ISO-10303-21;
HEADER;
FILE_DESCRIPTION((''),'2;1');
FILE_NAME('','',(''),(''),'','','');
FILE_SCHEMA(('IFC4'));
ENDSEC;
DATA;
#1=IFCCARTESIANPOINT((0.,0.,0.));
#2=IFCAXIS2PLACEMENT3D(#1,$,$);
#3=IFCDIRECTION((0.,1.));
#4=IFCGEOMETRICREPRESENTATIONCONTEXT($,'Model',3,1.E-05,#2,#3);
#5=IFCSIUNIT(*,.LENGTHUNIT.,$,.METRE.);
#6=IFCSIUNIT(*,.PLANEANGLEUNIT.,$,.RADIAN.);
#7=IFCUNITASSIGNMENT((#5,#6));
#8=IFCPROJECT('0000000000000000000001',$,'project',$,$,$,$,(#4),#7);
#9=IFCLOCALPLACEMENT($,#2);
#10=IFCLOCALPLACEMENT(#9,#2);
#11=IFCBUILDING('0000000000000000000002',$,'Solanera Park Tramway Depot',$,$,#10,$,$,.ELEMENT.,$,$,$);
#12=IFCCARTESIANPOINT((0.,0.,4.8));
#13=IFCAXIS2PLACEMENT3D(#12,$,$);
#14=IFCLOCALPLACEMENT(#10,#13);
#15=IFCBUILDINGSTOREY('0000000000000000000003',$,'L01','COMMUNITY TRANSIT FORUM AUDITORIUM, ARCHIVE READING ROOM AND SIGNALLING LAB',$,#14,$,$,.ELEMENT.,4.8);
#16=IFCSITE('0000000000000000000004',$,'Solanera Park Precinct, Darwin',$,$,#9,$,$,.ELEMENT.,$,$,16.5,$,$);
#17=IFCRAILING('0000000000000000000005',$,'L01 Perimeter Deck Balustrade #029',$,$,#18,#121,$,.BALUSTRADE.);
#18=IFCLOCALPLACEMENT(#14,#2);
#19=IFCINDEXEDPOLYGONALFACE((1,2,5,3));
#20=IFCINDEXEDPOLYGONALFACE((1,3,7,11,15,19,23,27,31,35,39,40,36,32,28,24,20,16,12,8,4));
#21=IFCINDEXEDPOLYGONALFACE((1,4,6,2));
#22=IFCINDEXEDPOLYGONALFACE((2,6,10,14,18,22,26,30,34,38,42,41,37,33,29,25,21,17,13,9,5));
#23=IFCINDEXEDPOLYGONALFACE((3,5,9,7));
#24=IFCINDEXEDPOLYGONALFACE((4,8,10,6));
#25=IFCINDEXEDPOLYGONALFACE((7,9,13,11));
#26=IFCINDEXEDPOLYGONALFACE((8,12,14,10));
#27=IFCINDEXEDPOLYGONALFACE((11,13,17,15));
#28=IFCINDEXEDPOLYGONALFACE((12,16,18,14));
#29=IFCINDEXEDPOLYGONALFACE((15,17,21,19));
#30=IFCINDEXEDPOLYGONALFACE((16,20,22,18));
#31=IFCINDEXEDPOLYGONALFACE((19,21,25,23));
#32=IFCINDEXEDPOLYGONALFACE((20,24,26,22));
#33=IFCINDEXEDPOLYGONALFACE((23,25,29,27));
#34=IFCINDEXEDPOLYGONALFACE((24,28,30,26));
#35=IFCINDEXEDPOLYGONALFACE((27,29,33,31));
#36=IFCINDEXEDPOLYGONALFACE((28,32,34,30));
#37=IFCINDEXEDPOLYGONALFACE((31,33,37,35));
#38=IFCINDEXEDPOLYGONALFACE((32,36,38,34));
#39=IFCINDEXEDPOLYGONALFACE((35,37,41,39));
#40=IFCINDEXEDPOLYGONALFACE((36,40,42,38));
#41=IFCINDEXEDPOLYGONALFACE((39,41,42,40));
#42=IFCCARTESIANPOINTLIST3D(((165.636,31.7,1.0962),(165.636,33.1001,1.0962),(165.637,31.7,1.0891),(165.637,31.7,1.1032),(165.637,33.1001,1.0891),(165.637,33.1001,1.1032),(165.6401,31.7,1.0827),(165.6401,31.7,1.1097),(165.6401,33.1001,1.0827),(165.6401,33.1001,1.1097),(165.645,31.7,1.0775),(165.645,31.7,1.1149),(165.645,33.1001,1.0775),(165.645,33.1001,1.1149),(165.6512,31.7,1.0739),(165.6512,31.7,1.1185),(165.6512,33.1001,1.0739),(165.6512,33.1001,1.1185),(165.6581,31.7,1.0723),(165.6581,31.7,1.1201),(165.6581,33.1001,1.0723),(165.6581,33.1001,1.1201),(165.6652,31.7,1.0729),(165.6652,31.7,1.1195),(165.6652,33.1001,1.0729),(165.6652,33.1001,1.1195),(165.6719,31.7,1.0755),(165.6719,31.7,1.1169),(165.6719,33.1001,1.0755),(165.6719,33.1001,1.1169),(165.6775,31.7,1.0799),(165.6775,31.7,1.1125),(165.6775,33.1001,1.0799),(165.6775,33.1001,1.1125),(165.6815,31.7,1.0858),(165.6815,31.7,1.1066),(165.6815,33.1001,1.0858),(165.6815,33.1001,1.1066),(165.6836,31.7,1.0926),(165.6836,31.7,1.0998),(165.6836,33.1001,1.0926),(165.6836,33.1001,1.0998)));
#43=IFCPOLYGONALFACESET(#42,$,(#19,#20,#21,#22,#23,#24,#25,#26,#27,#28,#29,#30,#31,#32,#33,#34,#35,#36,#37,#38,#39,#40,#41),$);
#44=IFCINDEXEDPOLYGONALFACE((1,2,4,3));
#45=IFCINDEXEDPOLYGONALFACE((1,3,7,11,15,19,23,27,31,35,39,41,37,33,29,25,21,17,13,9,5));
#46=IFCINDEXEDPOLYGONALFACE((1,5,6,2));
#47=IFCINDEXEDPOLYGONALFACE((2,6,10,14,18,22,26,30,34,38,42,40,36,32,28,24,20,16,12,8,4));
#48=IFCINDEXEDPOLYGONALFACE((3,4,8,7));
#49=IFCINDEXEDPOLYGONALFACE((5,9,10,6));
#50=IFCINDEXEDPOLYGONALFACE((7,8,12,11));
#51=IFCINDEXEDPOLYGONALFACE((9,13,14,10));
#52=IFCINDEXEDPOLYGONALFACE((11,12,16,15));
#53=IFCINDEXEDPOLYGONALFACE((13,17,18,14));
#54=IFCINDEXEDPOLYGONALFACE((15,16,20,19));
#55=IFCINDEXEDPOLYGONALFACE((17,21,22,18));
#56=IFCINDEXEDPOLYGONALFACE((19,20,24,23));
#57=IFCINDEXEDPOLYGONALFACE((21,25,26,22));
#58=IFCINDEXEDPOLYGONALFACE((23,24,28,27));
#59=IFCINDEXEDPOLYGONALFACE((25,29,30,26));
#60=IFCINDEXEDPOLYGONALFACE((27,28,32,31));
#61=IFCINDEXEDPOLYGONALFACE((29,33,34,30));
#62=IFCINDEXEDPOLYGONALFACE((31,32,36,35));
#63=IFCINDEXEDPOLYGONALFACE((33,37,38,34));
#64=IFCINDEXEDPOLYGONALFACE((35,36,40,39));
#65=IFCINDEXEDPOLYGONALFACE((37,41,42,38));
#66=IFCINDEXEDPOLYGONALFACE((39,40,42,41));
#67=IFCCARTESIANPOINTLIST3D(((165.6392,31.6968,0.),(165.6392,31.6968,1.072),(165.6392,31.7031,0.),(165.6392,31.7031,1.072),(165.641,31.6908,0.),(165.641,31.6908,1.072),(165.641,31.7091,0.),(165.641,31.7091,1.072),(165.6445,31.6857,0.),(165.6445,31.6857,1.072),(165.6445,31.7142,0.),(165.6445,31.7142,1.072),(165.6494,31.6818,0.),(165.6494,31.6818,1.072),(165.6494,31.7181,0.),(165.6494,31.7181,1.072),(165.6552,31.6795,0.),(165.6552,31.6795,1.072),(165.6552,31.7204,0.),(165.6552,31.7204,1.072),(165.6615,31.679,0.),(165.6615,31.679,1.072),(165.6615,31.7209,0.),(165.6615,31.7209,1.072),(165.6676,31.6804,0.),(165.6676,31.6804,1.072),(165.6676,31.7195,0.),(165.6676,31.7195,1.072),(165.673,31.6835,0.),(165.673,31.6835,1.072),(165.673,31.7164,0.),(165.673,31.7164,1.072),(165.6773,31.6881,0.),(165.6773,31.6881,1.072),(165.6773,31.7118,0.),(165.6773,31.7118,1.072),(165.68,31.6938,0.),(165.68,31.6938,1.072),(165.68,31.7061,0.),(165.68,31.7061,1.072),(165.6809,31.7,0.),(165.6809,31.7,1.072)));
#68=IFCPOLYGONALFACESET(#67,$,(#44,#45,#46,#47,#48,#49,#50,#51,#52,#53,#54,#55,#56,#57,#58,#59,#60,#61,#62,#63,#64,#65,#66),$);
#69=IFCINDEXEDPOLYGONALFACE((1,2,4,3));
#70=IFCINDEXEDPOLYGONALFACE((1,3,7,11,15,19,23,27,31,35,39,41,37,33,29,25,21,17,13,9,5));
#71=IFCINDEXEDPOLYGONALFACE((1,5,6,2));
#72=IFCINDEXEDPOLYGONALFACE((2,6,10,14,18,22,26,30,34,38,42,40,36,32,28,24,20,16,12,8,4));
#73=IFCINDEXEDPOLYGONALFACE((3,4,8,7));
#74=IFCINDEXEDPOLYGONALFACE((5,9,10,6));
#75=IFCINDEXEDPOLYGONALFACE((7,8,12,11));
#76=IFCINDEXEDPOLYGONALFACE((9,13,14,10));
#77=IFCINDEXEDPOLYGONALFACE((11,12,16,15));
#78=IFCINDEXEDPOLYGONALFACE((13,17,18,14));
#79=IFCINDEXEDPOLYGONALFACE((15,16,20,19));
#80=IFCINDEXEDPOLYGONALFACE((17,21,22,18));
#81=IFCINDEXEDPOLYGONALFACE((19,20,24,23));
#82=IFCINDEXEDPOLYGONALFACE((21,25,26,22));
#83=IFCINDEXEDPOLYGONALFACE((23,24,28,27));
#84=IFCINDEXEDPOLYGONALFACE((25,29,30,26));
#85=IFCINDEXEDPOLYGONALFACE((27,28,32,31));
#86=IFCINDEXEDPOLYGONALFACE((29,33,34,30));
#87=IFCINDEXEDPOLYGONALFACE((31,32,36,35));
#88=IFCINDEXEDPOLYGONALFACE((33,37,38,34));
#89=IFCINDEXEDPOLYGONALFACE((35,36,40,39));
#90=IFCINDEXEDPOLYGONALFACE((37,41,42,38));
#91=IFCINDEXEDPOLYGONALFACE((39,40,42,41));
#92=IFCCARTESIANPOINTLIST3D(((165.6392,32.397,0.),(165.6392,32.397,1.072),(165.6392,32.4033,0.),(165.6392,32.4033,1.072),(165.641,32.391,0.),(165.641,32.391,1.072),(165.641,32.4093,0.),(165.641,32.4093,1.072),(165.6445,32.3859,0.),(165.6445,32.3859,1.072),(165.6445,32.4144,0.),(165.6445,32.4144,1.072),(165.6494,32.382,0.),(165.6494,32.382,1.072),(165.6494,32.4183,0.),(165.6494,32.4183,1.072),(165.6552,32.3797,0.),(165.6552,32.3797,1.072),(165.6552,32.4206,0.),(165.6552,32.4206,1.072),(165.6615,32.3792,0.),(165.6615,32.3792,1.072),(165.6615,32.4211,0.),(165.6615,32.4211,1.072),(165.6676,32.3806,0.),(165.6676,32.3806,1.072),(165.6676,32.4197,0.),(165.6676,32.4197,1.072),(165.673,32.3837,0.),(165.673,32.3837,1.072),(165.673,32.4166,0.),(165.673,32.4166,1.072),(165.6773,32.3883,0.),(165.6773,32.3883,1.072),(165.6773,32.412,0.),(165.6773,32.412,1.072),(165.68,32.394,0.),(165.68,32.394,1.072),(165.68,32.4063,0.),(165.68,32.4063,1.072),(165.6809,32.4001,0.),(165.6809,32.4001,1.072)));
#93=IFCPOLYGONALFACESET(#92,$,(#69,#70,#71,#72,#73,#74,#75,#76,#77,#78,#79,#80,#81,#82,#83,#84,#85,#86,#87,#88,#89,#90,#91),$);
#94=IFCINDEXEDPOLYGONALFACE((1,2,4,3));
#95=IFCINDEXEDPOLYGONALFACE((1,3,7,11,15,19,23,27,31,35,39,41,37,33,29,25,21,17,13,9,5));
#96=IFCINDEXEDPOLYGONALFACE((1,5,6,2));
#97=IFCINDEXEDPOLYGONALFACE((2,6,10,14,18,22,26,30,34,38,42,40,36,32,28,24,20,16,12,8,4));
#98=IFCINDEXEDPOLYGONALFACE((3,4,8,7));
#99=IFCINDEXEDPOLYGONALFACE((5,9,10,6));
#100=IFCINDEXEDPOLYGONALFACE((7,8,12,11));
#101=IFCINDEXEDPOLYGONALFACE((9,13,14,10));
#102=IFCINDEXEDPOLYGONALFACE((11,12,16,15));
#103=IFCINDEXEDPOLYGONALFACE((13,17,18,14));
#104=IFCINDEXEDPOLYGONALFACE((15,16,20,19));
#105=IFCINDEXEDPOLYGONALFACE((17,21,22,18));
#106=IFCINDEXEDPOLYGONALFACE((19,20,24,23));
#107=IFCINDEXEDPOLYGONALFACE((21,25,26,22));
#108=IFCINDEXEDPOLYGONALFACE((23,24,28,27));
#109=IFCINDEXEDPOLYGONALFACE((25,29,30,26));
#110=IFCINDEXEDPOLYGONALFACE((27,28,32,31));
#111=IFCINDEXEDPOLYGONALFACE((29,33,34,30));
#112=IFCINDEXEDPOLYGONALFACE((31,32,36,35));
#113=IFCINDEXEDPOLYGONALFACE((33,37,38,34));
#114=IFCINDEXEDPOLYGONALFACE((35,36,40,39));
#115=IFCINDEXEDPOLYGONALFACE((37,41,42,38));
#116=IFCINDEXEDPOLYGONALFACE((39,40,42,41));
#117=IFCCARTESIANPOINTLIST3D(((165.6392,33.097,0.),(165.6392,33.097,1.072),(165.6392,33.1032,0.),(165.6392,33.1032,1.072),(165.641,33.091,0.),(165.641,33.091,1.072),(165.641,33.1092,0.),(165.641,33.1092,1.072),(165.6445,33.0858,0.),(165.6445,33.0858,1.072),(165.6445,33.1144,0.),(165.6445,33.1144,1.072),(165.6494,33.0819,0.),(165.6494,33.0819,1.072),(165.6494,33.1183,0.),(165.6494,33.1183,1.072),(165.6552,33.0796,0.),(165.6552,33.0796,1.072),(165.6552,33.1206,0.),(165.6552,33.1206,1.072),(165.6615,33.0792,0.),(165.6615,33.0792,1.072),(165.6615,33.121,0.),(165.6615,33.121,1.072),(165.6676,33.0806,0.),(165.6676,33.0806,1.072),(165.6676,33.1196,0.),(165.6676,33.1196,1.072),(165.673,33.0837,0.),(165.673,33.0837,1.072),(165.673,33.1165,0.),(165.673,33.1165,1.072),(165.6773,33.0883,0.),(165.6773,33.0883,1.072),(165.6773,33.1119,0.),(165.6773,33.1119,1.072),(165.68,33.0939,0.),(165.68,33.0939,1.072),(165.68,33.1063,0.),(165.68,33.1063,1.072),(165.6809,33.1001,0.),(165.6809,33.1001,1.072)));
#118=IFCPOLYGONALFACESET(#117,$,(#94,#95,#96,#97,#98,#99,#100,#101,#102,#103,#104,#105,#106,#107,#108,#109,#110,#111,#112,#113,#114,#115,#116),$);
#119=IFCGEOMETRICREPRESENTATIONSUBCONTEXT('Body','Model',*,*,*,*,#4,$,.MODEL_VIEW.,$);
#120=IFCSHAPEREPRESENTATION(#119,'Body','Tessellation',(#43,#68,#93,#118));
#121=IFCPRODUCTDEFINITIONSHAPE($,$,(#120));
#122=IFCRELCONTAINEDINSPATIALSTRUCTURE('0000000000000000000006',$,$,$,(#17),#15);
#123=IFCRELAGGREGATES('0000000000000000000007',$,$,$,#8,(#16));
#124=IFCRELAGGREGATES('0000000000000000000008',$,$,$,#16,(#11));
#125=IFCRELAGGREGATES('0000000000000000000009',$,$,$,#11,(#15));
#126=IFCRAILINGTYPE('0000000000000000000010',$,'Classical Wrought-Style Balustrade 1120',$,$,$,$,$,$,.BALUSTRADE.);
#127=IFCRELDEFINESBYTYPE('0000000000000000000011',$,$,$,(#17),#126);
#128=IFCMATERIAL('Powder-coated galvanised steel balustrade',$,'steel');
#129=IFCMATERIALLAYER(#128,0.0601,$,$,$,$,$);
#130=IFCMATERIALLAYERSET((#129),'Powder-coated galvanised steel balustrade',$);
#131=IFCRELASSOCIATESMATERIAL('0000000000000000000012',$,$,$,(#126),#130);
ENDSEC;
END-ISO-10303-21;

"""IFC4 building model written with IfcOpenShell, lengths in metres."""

from ifc_helpers import new_model, si_unit, direction, frame, origin, origin_2d, place, context, subcontext, project, spatial, circle, extrude, material, layer, layer_set, type_object, element, save


model = new_model("IFC4")

# Units and contexts
model_context = context("Model", 3, precision=1e-05, world=origin(), true_north=direction((0.0, 1.0)))
body_context = subcontext(model_context, "Body", "Model", "MODEL_VIEW")
ifc_project = project(units=[si_unit("LENGTHUNIT", "METRE"), si_unit("PLANEANGLEUNIT", "RADIAN")], contexts=[model_context])

# Site, building, storey
site_placement = place(None, origin())
site = spatial("IfcSite", under=ifc_project, at=site_placement, Name="Solanera Park Precinct, Darwin", CompositionType="ELEMENT", RefElevation=16.5)
building_placement = place(site_placement, origin())
building = spatial("IfcBuilding", under=site, at=building_placement, Name="Solanera Park Tramway Depot", CompositionType="ELEMENT")
storey_placement = place(building_placement, frame((0.0, 0.0, 4.8)))
storey = spatial("IfcBuildingStorey", under=building, at=storey_placement, Name="L01", Description="COMMUNITY TRANSIT FORUM AUDITORIUM, ARCHIVE READING ROOM AND SIGNALLING LAB", CompositionType="ELEMENT", Elevation=4.8)

# Railing
ifc_material_1 = material(Name="Powder-coated galvanised steel balustrade", Category="steel")
ifc_layer_1 = layer(ifc_material_1, 0.0601)
ifc_layer_set_1 = layer_set([ifc_layer_1], Name="Powder-coated galvanised steel balustrade")
railing_type = type_object("IfcRailingType", Name="Classical Wrought-Style Balustrade 1120", PredefinedType="BALUSTRADE", material=ifc_layer_set_1)
railing_1_placement = place(storey_placement, frame((165.6599, 31.7, 0.0)))
element("IfcRailing", 1, at=railing_1_placement, inside=storey, type_object=railing_type, Name="L01 Perimeter Deck Balustrade #029", PredefinedType="BALUSTRADE", context=body_context, shape_type="SweptSolid", body=[
    extrude(circle(Radius=0.0239, at=origin_2d()), frame((0.0, 0.0, 1.0962), z_axis=(0.0, 1.0, 0.0), x_axis=(-1.0, 0.0, 0.0)), (0.0, 0.0, 1.0), 1.4001),
    extrude(circle(Radius=0.021, at=origin_2d()), origin(), (0.0, 0.0, 1.0), 1.072),
    extrude(circle(Radius=0.021, at=origin_2d()), frame((0.0, 0.7002, 0.0)), (0.0, 0.0, 1.0), 1.072),
    extrude(circle(Radius=0.021, at=origin_2d()), frame((0.0, 1.4001, 0.0)), (0.0, 0.0, 1.0), 1.072),
])

save(model, "model.ifc")
